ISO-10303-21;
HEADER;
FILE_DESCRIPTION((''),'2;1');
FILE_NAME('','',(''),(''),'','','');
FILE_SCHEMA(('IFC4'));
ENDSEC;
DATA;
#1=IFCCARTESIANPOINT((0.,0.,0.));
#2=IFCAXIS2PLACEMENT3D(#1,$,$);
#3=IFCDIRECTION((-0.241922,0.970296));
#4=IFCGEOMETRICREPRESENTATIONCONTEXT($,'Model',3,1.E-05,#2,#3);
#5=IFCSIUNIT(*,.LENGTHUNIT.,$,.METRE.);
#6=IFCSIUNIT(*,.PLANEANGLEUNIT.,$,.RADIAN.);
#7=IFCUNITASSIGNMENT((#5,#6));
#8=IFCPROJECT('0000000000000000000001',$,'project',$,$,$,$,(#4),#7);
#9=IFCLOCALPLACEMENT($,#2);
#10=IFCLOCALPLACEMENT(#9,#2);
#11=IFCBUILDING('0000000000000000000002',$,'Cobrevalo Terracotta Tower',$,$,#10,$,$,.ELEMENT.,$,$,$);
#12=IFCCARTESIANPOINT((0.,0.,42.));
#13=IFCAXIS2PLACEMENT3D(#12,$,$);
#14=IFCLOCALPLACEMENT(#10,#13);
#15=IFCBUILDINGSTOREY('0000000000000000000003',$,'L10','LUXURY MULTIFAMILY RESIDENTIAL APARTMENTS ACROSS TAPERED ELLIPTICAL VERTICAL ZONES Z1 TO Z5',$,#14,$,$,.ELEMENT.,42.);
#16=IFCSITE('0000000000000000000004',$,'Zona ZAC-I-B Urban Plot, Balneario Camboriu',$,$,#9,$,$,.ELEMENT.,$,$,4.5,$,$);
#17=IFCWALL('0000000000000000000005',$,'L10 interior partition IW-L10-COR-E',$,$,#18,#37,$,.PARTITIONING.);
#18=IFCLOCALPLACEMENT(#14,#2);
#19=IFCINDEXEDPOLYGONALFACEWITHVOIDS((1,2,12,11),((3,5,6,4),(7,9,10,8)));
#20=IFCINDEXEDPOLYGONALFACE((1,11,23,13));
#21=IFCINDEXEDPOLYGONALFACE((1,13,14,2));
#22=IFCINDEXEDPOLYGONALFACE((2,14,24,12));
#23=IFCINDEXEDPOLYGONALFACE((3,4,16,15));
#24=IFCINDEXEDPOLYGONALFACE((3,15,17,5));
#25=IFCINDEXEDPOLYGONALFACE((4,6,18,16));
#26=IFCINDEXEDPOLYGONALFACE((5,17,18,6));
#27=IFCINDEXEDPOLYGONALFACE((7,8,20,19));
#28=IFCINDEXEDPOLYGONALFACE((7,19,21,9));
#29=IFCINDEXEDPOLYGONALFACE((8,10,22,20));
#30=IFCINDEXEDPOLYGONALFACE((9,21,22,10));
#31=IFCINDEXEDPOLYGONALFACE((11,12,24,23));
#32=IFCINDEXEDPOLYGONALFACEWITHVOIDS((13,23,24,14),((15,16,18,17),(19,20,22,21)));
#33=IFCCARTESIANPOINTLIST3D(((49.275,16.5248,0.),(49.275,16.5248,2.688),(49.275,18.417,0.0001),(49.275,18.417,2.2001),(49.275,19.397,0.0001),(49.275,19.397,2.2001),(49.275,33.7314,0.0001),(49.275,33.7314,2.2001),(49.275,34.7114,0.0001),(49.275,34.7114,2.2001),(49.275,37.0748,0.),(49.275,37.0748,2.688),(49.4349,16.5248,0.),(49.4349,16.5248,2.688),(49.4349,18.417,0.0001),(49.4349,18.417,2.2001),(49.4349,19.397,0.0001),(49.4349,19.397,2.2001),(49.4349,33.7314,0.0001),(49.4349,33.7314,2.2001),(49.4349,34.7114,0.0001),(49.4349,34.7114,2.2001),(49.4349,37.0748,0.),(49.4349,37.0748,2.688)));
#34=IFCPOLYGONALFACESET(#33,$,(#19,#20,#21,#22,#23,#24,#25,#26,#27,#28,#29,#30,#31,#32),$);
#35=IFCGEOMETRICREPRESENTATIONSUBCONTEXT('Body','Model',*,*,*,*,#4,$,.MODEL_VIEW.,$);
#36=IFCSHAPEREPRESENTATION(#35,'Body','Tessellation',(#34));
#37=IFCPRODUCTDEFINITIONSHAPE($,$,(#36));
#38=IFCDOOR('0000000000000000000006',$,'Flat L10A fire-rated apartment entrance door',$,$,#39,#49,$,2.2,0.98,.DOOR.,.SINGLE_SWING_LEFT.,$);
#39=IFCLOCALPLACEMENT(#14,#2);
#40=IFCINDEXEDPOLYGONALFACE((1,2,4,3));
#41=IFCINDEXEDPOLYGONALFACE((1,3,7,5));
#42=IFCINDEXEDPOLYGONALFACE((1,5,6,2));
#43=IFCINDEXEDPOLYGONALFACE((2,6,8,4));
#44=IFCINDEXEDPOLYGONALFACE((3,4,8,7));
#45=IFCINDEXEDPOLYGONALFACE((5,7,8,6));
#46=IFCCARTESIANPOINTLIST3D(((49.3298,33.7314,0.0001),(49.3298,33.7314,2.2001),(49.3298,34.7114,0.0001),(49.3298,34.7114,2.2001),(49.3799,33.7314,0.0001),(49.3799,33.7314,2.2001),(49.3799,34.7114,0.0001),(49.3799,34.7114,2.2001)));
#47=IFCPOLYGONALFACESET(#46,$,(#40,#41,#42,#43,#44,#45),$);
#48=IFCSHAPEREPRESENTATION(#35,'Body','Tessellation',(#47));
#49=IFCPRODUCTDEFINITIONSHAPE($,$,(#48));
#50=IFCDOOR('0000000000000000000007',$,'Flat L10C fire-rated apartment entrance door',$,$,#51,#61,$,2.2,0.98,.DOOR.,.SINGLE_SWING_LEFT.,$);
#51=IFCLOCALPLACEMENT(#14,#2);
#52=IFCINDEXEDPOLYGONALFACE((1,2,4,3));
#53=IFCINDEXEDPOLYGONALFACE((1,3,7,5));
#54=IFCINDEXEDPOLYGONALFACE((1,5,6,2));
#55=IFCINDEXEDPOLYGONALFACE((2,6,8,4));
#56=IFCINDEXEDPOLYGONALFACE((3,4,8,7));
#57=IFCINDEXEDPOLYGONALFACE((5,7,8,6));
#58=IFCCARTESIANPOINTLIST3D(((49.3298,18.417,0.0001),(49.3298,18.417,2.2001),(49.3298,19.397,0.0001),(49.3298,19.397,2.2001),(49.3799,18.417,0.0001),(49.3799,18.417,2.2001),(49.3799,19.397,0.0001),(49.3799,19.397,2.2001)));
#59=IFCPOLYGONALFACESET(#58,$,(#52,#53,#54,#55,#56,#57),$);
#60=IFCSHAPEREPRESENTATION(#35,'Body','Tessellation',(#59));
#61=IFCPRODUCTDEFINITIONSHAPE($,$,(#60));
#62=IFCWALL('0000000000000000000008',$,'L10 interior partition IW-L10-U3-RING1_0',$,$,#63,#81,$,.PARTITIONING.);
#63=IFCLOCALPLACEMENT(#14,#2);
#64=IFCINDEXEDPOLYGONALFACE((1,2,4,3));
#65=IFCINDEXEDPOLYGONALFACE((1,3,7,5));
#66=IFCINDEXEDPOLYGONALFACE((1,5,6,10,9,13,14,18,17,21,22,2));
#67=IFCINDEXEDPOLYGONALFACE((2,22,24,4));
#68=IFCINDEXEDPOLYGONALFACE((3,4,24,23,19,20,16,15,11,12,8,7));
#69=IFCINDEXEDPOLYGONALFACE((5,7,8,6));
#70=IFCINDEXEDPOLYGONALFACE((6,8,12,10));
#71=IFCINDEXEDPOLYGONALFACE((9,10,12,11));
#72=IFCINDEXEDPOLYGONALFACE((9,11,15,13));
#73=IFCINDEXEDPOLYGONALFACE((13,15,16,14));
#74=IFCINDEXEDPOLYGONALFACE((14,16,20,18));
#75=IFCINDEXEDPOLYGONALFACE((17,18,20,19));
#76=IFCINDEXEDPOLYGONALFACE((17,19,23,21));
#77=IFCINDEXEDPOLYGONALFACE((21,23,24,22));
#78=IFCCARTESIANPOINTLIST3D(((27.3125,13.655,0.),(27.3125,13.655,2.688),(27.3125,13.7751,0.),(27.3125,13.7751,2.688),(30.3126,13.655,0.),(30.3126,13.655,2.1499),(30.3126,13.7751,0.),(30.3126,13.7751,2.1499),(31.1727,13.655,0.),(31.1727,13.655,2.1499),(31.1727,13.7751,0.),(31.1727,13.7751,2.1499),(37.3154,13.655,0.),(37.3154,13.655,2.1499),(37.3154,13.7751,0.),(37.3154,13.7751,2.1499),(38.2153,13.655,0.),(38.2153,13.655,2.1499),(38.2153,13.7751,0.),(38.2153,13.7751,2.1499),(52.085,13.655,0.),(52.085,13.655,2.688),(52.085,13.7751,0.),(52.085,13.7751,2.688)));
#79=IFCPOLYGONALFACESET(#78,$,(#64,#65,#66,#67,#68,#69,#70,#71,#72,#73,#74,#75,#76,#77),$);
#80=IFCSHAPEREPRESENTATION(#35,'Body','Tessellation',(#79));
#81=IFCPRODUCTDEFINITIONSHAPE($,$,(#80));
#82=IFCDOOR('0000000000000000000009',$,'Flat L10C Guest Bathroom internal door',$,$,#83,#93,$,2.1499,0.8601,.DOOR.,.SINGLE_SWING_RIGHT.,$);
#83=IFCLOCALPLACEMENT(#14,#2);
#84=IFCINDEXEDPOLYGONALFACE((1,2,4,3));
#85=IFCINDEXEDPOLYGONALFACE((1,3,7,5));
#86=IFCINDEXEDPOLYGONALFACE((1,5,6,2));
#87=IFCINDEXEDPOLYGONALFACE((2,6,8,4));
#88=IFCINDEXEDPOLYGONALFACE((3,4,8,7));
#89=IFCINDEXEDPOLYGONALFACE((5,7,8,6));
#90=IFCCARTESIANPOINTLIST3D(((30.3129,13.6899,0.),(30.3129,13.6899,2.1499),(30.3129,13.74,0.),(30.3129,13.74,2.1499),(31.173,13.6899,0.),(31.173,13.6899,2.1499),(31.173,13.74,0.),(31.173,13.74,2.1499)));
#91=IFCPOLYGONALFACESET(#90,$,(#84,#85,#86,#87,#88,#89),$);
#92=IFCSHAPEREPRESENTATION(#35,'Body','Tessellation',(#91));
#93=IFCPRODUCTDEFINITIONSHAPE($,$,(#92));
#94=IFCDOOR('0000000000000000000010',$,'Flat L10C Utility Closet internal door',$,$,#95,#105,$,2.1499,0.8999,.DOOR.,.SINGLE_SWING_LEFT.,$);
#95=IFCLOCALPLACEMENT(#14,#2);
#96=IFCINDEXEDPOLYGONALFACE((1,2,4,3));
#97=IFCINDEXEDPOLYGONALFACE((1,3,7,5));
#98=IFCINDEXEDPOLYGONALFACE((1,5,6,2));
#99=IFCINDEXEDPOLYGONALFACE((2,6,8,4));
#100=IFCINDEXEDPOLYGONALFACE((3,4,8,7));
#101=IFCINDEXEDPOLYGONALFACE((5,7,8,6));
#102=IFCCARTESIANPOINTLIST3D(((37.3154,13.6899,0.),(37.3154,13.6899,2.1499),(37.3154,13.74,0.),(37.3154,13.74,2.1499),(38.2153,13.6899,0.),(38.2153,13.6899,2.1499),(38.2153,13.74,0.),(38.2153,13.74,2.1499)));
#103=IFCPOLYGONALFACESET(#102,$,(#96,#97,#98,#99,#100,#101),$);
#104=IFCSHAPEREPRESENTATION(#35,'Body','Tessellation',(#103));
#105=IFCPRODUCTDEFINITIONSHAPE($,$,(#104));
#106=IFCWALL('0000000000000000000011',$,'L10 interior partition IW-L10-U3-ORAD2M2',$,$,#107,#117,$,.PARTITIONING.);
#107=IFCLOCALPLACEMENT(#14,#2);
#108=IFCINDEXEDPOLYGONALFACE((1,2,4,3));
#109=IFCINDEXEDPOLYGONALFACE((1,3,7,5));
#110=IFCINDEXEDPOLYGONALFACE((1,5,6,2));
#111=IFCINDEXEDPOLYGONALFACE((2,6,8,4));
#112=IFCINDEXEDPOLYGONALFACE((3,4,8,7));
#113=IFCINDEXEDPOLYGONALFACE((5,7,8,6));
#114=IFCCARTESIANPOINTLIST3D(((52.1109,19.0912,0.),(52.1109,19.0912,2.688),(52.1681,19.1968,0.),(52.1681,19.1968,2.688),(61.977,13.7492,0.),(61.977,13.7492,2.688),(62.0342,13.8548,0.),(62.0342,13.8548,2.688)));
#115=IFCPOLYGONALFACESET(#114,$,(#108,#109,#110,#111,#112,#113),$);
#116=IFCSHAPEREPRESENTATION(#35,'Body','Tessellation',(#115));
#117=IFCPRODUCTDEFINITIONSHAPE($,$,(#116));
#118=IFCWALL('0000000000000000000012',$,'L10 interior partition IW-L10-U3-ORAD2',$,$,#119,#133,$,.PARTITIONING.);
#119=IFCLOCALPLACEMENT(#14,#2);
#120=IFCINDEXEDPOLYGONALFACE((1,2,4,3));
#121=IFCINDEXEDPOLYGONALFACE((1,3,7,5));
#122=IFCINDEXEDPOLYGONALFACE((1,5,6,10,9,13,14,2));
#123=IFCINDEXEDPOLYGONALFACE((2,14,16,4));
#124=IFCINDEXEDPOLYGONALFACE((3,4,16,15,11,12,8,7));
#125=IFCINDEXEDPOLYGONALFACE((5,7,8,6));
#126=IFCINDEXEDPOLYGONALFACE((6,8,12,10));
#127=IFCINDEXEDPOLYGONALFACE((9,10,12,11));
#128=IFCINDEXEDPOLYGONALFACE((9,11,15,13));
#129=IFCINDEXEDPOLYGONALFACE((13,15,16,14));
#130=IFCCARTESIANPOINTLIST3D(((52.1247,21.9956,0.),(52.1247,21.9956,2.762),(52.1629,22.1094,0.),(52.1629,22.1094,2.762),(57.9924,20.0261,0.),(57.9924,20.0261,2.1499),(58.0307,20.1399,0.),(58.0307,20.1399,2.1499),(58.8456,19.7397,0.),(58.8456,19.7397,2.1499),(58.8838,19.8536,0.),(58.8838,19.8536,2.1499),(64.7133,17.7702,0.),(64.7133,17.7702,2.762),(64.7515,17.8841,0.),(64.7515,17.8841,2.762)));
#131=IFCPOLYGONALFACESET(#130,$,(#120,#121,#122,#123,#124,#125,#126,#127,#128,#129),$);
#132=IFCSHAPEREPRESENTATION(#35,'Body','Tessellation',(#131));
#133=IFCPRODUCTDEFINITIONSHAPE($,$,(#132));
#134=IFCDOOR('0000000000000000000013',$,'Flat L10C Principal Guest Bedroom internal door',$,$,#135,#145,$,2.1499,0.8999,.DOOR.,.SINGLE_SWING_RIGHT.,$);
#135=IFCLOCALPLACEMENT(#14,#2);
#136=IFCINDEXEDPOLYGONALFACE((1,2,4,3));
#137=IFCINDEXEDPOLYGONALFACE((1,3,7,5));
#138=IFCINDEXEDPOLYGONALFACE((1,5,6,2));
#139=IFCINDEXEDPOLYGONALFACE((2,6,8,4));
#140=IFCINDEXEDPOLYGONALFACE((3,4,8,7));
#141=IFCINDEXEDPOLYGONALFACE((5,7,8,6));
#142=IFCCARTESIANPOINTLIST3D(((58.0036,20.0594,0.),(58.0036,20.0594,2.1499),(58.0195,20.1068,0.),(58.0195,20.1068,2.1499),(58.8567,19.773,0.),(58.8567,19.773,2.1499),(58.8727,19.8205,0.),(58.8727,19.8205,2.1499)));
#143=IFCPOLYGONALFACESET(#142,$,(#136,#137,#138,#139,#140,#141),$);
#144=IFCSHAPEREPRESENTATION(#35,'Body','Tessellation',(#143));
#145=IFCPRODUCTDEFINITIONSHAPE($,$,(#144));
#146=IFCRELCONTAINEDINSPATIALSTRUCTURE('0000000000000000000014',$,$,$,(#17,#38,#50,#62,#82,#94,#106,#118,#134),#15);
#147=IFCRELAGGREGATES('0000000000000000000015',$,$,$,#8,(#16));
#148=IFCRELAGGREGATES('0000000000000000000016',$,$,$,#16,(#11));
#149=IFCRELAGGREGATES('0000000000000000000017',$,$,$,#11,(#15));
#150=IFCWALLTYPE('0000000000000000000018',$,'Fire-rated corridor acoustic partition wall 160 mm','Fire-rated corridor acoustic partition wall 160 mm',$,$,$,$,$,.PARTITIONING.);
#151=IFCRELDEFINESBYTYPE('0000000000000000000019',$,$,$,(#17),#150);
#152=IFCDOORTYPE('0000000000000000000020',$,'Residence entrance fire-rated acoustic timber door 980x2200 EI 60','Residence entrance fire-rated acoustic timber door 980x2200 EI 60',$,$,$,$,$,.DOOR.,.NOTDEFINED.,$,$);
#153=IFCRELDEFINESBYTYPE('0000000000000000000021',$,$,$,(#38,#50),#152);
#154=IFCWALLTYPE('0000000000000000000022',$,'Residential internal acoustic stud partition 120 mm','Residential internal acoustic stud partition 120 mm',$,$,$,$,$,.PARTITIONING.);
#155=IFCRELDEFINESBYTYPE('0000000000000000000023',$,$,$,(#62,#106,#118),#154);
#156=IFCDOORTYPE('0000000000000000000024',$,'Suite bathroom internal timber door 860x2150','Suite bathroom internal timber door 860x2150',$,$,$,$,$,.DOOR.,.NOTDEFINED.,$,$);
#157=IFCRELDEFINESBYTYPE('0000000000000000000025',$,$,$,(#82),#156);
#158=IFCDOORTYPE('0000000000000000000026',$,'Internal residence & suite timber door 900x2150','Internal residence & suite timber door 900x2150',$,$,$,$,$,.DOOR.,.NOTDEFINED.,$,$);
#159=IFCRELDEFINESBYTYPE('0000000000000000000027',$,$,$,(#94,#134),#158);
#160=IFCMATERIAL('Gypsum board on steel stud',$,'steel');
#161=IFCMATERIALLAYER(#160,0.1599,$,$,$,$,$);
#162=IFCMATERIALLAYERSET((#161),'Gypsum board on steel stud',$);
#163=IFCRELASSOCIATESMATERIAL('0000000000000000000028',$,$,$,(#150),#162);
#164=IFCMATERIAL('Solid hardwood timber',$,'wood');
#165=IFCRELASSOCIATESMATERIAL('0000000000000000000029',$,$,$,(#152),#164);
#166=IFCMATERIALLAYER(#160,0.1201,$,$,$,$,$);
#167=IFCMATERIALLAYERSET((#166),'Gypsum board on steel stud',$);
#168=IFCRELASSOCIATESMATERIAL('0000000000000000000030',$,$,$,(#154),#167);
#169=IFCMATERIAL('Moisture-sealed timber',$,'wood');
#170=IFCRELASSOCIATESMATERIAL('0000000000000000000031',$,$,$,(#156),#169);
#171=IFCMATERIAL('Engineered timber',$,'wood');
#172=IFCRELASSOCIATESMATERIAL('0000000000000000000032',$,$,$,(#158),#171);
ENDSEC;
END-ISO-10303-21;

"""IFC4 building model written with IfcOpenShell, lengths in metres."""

from ifc_helpers import new_model, si_unit, direction, frame, frame_2d, origin, place, context, subcontext, project, spatial, rectangle, extrude, source, transform, mapped, material, layer, layer_set, type_object, element, fill, save


model = new_model("IFC4")

# Units and contexts
model_context = context("Model", 3, precision=1e-05, world=origin(), true_north=direction((-0.241922, 0.970296)))
body_context = subcontext(model_context, "Body", "Model", "MODEL_VIEW")
ifc_project = project(units=[si_unit("LENGTHUNIT", "METRE"), si_unit("PLANEANGLEUNIT", "RADIAN")], contexts=[model_context])

# Site, building, storey
site_placement = place(None, origin())
site = spatial("IfcSite", under=ifc_project, at=site_placement, Name="Zona ZAC-I-B Urban Plot, Balneario Camboriu", CompositionType="ELEMENT", RefElevation=4.5)
building_placement = place(site_placement, origin())
building = spatial("IfcBuilding", under=site, at=building_placement, Name="Cobrevalo Terracotta Tower", CompositionType="ELEMENT")
storey_placement = place(building_placement, frame((0.0, 0.0, 42.0)))
storey = spatial("IfcBuildingStorey", under=building, at=storey_placement, Name="L10", Description="LUXURY MULTIFAMILY RESIDENTIAL APARTMENTS ACROSS TAPERED ELLIPTICAL VERTICAL ZONES Z1 TO Z5", CompositionType="ELEMENT", Elevation=42.0)

# Walls, openings, doors
ifc_material_1 = material(Name="Gypsum board on steel stud", Category="steel")
ifc_layer_1 = layer(ifc_material_1, 0.1599)
ifc_layer_set_1 = layer_set([ifc_layer_1], Name="Gypsum board on steel stud")
wall_type_1 = type_object("IfcWallType", Name="Fire-rated corridor acoustic partition wall 160 mm", Description="Fire-rated corridor acoustic partition wall 160 mm", PredefinedType="PARTITIONING", material=ifc_layer_set_1)
wall_1_placement = place(storey_placement, frame((49.355, 16.5249, 0.0), z_axis=(0.0, 0.0, 1.0), x_axis=(0.0, 1.0, 0.0)))
wall_1 = element("IfcWall", 1, at=wall_1_placement, inside=storey, type_object=wall_type_1, Name="L10 interior partition IW-L10-COR-E", PredefinedType="PARTITIONING", context=body_context, shape_type="SweptSolid", body=[
    extrude(rectangle(XDim=20.55, YDim=0.1599, at=frame_2d((10.2749, 0.0))), origin(), (0.0, 0.0, 1.0), 2.688),
])
opening_1_placement = place(wall_1_placement, frame((17.2065, 0.0, 0.0)))
opening_1 = element("IfcOpeningElement", 2, at=opening_1_placement, cuts=wall_1, PredefinedType="OPENING", context=body_context, shape_type="SweptSolid", body=[
    extrude(rectangle(XDim=0.98, YDim=2.2, at=frame_2d((0.49, 1.1001))), frame((0.0, 0.0898, 0.0), z_axis=(0.0, -1.0, 0.0), x_axis=(1.0, 0.0, 0.0)), (0.0, 0.0, 1.0), 0.1799),
])
opening_2_placement = place(wall_1_placement, frame((1.8921, 0.0, 0.0)))
opening_2 = element("IfcOpeningElement", 3, at=opening_2_placement, cuts=wall_1, PredefinedType="OPENING", context=body_context, shape_type="SweptSolid", body=[
    extrude(rectangle(XDim=0.98, YDim=2.2, at=frame_2d((0.49, 1.1001))), frame((0.0, 0.0898, 0.0), z_axis=(0.0, -1.0, 0.0), x_axis=(1.0, 0.0, 0.0)), (0.0, 0.0, 1.0), 0.1799),
])
ifc_material_2 = material(Name="Solid hardwood timber", Category="wood")
door_type_1 = type_object("IfcDoorType", Name="Residence entrance fire-rated acoustic timber door 980x2200 EI 60", Description="Residence entrance fire-rated acoustic timber door 980x2200 EI 60", OperationType="NOTDEFINED", PredefinedType="DOOR", material=ifc_material_2)
shared_shape_1 = source(origin(), body_context, "Body", "SweptSolid", [
    extrude(rectangle(XDim=0.98, YDim=2.2, at=frame_2d((0.49, 1.1001))), frame((0.0, 0.0249, 0.0), z_axis=(0.0, -1.0, 0.0), x_axis=(1.0, 0.0, 0.0)), (0.0, 0.0, 1.0), 0.05),
])
door_1_placement = place(opening_1_placement, frame((0.98, 0.0, 0.0), z_axis=(0.0, 0.0, 1.0), x_axis=(-1.0, 0.0, 0.0)))
door_1 = element("IfcDoor", 4, at=door_1_placement, inside=storey, type_object=door_type_1, Name="Flat L10A fire-rated apartment entrance door", OperationType="SINGLE_SWING_LEFT", OverallHeight=2.2, OverallWidth=0.98, PredefinedType="DOOR", context=body_context, shape_type="MappedRepresentation", body=[
    mapped(shared_shape_1, transform((0.0, 0.0, 0.0), scale=1.0)),
])
fill(opening_1, door_1)
door_2_placement = place(opening_2_placement, frame((0.98, 0.0, 0.0), z_axis=(0.0, 0.0, 1.0), x_axis=(-1.0, 0.0, 0.0)))
door_2 = element("IfcDoor", 5, at=door_2_placement, inside=storey, type_object=door_type_1, Name="Flat L10C fire-rated apartment entrance door", OperationType="SINGLE_SWING_LEFT", OverallHeight=2.2, OverallWidth=0.98, PredefinedType="DOOR", context=body_context, shape_type="MappedRepresentation", body=[
    mapped(shared_shape_1, transform((0.0, 0.0, 0.0), scale=1.0)),
])
fill(opening_2, door_2)
ifc_layer_2 = layer(ifc_material_1, 0.1201)
ifc_layer_set_2 = layer_set([ifc_layer_2], Name="Gypsum board on steel stud")
wall_type_2 = type_object("IfcWallType", Name="Residential internal acoustic stud partition 120 mm", Description="Residential internal acoustic stud partition 120 mm", PredefinedType="PARTITIONING", material=ifc_layer_set_2)
wall_2_placement = place(storey_placement, frame((52.085, 13.7151, 0.0), z_axis=(0.0, 0.0, 1.0), x_axis=(-1.0, 0.0, 0.0)))
wall_2 = element("IfcWall", 6, at=wall_2_placement, inside=storey, type_object=wall_type_2, Name="L10 interior partition IW-L10-U3-RING1_0", PredefinedType="PARTITIONING", context=body_context, shape_type="SweptSolid", body=[
    extrude(rectangle(XDim=24.7725, YDim=0.1201, at=frame_2d((12.3862, 0.0))), origin(), (0.0, 0.0, 1.0), 2.688),
])
opening_3_placement = place(wall_2_placement, frame((20.9121, 0.0, 0.0)))
opening_3 = element("IfcOpeningElement", 7, at=opening_3_placement, cuts=wall_2, PredefinedType="OPENING", context=body_context, shape_type="SweptSolid", body=[
    extrude(rectangle(XDim=0.8601, YDim=2.1499, at=frame_2d((0.4302, 1.075))), frame((0.0, 0.0701, 0.0), z_axis=(0.0, -1.0, 0.0), x_axis=(1.0, 0.0, 0.0)), (0.0, 0.0, 1.0), 0.1401),
])
opening_4_placement = place(wall_2_placement, frame((13.8696, 0.0, 0.0)))
opening_4 = element("IfcOpeningElement", 8, at=opening_4_placement, cuts=wall_2, PredefinedType="OPENING", context=body_context, shape_type="SweptSolid", body=[
    extrude(rectangle(XDim=0.8999, YDim=2.1499, at=frame_2d((0.45, 1.075))), frame((0.0, 0.0701, 0.0), z_axis=(0.0, -1.0, 0.0), x_axis=(1.0, 0.0, 0.0)), (0.0, 0.0, 1.0), 0.1401),
])
ifc_material_3 = material(Name="Moisture-sealed timber", Category="wood")
door_type_2 = type_object("IfcDoorType", Name="Suite bathroom internal timber door 860x2150", Description="Suite bathroom internal timber door 860x2150", OperationType="NOTDEFINED", PredefinedType="DOOR", material=ifc_material_3)
shared_shape_2 = source(origin(), body_context, "Body", "SweptSolid", [
    extrude(rectangle(XDim=0.8601, YDim=2.1499, at=frame_2d((0.4302, 1.075))), frame((0.0, 0.0249, 0.0), z_axis=(0.0, -1.0, 0.0), x_axis=(1.0, 0.0, 0.0)), (0.0, 0.0, 1.0), 0.05),
])
door_3_placement = place(opening_3_placement, frame((0.8601, 0.0, 0.0), z_axis=(0.0, 0.0, 1.0), x_axis=(-1.0, 0.0, 0.0)))
door_3 = element("IfcDoor", 9, at=door_3_placement, inside=storey, type_object=door_type_2, Name="Flat L10C Guest Bathroom internal door", OperationType="SINGLE_SWING_RIGHT", OverallHeight=2.1499, OverallWidth=0.8601, PredefinedType="DOOR", context=body_context, shape_type="MappedRepresentation", body=[
    mapped(shared_shape_2, transform((0.0, 0.0, 0.0), scale=1.0)),
])
fill(opening_3, door_3)
ifc_material_4 = material(Name="Engineered timber", Category="wood")
door_type_3 = type_object("IfcDoorType", Name="Internal residence & suite timber door 900x2150", Description="Internal residence & suite timber door 900x2150", OperationType="NOTDEFINED", PredefinedType="DOOR", material=ifc_material_4)
shared_shape_3 = source(origin(), body_context, "Body", "SweptSolid", [
    extrude(rectangle(XDim=0.8999, YDim=2.1499, at=frame_2d((0.45, 1.075))), frame((0.0, 0.0249, 0.0), z_axis=(0.0, -1.0, 0.0), x_axis=(1.0, 0.0, 0.0)), (0.0, 0.0, 1.0), 0.05),
])
door_4_placement = place(opening_4_placement, frame((0.8999, 0.0, 0.0), z_axis=(0.0, 0.0, 1.0), x_axis=(-1.0, 0.0, 0.0)))
door_4 = element("IfcDoor", 10, at=door_4_placement, inside=storey, type_object=door_type_3, Name="Flat L10C Utility Closet internal door", OperationType="SINGLE_SWING_LEFT", OverallHeight=2.1499, OverallWidth=0.8999, PredefinedType="DOOR", context=body_context, shape_type="MappedRepresentation", body=[
    mapped(shared_shape_3, transform((0.0, 0.0, 0.0), scale=1.0)),
])
fill(opening_4, door_4)

# Wall
wall_3_placement = place(storey_placement, frame((52.1394, 19.144, 0.0), z_axis=(0.0, 0.0, 1.0), x_axis=(0.879372, -0.476135, 0.0)))
element("IfcWall", 11, at=wall_3_placement, inside=storey, type_object=wall_type_2, Name="L10 interior partition IW-L10-U3-ORAD2M2", PredefinedType="PARTITIONING", context=body_context, shape_type="SweptSolid", body=[
    extrude(rectangle(XDim=11.2195, YDim=0.1201, at=frame_2d((5.6099, 0.0))), origin(), (0.0, 0.0, 1.0), 2.688),
])

# Wall, opening, door
wall_4_placement = place(storey_placement, frame((52.1438, 22.0525, 0.0), z_axis=(0.0, 0.0, 1.0), x_axis=(0.948023, -0.318202, 0.0)))
wall_4 = element("IfcWall", 12, at=wall_4_placement, inside=storey, type_object=wall_type_2, Name="L10 interior partition IW-L10-U3-ORAD2", PredefinedType="PARTITIONING", context=body_context, shape_type="SweptSolid", body=[
    extrude(rectangle(XDim=13.2788, YDim=0.1201, at=frame_2d((6.6394, 0.0))), origin(), (0.0, 0.0, 1.0), 2.762),
])
opening_5_placement = place(wall_4_placement, frame((6.1895, 0.0, 0.0)))
opening_5 = element("IfcOpeningElement", 13, at=opening_5_placement, cuts=wall_4, PredefinedType="OPENING", context=body_context, shape_type="SweptSolid", body=[
    extrude(rectangle(XDim=0.8999, YDim=2.1499, at=frame_2d((0.45, 1.075))), frame((0.0, 0.0701, 0.0), z_axis=(0.0, -1.0, 0.0), x_axis=(1.0, 0.0, 0.0)), (0.0, 0.0, 1.0), 0.1401),
])
door_5_placement = place(opening_5_placement, frame((0.8999, 0.0, 0.0), z_axis=(0.0, 0.0, 1.0), x_axis=(-1.0, 0.0, 0.0)))
door_5 = element("IfcDoor", 14, at=door_5_placement, inside=storey, type_object=door_type_3, Name="Flat L10C Principal Guest Bedroom internal door", OperationType="SINGLE_SWING_RIGHT", OverallHeight=2.1499, OverallWidth=0.8999, PredefinedType="DOOR", context=body_context, shape_type="MappedRepresentation", body=[
    mapped(shared_shape_3, transform((0.0, 0.0, 0.0), scale=1.0)),
])
fill(opening_5, door_5)

save(model, "model.ifc")
